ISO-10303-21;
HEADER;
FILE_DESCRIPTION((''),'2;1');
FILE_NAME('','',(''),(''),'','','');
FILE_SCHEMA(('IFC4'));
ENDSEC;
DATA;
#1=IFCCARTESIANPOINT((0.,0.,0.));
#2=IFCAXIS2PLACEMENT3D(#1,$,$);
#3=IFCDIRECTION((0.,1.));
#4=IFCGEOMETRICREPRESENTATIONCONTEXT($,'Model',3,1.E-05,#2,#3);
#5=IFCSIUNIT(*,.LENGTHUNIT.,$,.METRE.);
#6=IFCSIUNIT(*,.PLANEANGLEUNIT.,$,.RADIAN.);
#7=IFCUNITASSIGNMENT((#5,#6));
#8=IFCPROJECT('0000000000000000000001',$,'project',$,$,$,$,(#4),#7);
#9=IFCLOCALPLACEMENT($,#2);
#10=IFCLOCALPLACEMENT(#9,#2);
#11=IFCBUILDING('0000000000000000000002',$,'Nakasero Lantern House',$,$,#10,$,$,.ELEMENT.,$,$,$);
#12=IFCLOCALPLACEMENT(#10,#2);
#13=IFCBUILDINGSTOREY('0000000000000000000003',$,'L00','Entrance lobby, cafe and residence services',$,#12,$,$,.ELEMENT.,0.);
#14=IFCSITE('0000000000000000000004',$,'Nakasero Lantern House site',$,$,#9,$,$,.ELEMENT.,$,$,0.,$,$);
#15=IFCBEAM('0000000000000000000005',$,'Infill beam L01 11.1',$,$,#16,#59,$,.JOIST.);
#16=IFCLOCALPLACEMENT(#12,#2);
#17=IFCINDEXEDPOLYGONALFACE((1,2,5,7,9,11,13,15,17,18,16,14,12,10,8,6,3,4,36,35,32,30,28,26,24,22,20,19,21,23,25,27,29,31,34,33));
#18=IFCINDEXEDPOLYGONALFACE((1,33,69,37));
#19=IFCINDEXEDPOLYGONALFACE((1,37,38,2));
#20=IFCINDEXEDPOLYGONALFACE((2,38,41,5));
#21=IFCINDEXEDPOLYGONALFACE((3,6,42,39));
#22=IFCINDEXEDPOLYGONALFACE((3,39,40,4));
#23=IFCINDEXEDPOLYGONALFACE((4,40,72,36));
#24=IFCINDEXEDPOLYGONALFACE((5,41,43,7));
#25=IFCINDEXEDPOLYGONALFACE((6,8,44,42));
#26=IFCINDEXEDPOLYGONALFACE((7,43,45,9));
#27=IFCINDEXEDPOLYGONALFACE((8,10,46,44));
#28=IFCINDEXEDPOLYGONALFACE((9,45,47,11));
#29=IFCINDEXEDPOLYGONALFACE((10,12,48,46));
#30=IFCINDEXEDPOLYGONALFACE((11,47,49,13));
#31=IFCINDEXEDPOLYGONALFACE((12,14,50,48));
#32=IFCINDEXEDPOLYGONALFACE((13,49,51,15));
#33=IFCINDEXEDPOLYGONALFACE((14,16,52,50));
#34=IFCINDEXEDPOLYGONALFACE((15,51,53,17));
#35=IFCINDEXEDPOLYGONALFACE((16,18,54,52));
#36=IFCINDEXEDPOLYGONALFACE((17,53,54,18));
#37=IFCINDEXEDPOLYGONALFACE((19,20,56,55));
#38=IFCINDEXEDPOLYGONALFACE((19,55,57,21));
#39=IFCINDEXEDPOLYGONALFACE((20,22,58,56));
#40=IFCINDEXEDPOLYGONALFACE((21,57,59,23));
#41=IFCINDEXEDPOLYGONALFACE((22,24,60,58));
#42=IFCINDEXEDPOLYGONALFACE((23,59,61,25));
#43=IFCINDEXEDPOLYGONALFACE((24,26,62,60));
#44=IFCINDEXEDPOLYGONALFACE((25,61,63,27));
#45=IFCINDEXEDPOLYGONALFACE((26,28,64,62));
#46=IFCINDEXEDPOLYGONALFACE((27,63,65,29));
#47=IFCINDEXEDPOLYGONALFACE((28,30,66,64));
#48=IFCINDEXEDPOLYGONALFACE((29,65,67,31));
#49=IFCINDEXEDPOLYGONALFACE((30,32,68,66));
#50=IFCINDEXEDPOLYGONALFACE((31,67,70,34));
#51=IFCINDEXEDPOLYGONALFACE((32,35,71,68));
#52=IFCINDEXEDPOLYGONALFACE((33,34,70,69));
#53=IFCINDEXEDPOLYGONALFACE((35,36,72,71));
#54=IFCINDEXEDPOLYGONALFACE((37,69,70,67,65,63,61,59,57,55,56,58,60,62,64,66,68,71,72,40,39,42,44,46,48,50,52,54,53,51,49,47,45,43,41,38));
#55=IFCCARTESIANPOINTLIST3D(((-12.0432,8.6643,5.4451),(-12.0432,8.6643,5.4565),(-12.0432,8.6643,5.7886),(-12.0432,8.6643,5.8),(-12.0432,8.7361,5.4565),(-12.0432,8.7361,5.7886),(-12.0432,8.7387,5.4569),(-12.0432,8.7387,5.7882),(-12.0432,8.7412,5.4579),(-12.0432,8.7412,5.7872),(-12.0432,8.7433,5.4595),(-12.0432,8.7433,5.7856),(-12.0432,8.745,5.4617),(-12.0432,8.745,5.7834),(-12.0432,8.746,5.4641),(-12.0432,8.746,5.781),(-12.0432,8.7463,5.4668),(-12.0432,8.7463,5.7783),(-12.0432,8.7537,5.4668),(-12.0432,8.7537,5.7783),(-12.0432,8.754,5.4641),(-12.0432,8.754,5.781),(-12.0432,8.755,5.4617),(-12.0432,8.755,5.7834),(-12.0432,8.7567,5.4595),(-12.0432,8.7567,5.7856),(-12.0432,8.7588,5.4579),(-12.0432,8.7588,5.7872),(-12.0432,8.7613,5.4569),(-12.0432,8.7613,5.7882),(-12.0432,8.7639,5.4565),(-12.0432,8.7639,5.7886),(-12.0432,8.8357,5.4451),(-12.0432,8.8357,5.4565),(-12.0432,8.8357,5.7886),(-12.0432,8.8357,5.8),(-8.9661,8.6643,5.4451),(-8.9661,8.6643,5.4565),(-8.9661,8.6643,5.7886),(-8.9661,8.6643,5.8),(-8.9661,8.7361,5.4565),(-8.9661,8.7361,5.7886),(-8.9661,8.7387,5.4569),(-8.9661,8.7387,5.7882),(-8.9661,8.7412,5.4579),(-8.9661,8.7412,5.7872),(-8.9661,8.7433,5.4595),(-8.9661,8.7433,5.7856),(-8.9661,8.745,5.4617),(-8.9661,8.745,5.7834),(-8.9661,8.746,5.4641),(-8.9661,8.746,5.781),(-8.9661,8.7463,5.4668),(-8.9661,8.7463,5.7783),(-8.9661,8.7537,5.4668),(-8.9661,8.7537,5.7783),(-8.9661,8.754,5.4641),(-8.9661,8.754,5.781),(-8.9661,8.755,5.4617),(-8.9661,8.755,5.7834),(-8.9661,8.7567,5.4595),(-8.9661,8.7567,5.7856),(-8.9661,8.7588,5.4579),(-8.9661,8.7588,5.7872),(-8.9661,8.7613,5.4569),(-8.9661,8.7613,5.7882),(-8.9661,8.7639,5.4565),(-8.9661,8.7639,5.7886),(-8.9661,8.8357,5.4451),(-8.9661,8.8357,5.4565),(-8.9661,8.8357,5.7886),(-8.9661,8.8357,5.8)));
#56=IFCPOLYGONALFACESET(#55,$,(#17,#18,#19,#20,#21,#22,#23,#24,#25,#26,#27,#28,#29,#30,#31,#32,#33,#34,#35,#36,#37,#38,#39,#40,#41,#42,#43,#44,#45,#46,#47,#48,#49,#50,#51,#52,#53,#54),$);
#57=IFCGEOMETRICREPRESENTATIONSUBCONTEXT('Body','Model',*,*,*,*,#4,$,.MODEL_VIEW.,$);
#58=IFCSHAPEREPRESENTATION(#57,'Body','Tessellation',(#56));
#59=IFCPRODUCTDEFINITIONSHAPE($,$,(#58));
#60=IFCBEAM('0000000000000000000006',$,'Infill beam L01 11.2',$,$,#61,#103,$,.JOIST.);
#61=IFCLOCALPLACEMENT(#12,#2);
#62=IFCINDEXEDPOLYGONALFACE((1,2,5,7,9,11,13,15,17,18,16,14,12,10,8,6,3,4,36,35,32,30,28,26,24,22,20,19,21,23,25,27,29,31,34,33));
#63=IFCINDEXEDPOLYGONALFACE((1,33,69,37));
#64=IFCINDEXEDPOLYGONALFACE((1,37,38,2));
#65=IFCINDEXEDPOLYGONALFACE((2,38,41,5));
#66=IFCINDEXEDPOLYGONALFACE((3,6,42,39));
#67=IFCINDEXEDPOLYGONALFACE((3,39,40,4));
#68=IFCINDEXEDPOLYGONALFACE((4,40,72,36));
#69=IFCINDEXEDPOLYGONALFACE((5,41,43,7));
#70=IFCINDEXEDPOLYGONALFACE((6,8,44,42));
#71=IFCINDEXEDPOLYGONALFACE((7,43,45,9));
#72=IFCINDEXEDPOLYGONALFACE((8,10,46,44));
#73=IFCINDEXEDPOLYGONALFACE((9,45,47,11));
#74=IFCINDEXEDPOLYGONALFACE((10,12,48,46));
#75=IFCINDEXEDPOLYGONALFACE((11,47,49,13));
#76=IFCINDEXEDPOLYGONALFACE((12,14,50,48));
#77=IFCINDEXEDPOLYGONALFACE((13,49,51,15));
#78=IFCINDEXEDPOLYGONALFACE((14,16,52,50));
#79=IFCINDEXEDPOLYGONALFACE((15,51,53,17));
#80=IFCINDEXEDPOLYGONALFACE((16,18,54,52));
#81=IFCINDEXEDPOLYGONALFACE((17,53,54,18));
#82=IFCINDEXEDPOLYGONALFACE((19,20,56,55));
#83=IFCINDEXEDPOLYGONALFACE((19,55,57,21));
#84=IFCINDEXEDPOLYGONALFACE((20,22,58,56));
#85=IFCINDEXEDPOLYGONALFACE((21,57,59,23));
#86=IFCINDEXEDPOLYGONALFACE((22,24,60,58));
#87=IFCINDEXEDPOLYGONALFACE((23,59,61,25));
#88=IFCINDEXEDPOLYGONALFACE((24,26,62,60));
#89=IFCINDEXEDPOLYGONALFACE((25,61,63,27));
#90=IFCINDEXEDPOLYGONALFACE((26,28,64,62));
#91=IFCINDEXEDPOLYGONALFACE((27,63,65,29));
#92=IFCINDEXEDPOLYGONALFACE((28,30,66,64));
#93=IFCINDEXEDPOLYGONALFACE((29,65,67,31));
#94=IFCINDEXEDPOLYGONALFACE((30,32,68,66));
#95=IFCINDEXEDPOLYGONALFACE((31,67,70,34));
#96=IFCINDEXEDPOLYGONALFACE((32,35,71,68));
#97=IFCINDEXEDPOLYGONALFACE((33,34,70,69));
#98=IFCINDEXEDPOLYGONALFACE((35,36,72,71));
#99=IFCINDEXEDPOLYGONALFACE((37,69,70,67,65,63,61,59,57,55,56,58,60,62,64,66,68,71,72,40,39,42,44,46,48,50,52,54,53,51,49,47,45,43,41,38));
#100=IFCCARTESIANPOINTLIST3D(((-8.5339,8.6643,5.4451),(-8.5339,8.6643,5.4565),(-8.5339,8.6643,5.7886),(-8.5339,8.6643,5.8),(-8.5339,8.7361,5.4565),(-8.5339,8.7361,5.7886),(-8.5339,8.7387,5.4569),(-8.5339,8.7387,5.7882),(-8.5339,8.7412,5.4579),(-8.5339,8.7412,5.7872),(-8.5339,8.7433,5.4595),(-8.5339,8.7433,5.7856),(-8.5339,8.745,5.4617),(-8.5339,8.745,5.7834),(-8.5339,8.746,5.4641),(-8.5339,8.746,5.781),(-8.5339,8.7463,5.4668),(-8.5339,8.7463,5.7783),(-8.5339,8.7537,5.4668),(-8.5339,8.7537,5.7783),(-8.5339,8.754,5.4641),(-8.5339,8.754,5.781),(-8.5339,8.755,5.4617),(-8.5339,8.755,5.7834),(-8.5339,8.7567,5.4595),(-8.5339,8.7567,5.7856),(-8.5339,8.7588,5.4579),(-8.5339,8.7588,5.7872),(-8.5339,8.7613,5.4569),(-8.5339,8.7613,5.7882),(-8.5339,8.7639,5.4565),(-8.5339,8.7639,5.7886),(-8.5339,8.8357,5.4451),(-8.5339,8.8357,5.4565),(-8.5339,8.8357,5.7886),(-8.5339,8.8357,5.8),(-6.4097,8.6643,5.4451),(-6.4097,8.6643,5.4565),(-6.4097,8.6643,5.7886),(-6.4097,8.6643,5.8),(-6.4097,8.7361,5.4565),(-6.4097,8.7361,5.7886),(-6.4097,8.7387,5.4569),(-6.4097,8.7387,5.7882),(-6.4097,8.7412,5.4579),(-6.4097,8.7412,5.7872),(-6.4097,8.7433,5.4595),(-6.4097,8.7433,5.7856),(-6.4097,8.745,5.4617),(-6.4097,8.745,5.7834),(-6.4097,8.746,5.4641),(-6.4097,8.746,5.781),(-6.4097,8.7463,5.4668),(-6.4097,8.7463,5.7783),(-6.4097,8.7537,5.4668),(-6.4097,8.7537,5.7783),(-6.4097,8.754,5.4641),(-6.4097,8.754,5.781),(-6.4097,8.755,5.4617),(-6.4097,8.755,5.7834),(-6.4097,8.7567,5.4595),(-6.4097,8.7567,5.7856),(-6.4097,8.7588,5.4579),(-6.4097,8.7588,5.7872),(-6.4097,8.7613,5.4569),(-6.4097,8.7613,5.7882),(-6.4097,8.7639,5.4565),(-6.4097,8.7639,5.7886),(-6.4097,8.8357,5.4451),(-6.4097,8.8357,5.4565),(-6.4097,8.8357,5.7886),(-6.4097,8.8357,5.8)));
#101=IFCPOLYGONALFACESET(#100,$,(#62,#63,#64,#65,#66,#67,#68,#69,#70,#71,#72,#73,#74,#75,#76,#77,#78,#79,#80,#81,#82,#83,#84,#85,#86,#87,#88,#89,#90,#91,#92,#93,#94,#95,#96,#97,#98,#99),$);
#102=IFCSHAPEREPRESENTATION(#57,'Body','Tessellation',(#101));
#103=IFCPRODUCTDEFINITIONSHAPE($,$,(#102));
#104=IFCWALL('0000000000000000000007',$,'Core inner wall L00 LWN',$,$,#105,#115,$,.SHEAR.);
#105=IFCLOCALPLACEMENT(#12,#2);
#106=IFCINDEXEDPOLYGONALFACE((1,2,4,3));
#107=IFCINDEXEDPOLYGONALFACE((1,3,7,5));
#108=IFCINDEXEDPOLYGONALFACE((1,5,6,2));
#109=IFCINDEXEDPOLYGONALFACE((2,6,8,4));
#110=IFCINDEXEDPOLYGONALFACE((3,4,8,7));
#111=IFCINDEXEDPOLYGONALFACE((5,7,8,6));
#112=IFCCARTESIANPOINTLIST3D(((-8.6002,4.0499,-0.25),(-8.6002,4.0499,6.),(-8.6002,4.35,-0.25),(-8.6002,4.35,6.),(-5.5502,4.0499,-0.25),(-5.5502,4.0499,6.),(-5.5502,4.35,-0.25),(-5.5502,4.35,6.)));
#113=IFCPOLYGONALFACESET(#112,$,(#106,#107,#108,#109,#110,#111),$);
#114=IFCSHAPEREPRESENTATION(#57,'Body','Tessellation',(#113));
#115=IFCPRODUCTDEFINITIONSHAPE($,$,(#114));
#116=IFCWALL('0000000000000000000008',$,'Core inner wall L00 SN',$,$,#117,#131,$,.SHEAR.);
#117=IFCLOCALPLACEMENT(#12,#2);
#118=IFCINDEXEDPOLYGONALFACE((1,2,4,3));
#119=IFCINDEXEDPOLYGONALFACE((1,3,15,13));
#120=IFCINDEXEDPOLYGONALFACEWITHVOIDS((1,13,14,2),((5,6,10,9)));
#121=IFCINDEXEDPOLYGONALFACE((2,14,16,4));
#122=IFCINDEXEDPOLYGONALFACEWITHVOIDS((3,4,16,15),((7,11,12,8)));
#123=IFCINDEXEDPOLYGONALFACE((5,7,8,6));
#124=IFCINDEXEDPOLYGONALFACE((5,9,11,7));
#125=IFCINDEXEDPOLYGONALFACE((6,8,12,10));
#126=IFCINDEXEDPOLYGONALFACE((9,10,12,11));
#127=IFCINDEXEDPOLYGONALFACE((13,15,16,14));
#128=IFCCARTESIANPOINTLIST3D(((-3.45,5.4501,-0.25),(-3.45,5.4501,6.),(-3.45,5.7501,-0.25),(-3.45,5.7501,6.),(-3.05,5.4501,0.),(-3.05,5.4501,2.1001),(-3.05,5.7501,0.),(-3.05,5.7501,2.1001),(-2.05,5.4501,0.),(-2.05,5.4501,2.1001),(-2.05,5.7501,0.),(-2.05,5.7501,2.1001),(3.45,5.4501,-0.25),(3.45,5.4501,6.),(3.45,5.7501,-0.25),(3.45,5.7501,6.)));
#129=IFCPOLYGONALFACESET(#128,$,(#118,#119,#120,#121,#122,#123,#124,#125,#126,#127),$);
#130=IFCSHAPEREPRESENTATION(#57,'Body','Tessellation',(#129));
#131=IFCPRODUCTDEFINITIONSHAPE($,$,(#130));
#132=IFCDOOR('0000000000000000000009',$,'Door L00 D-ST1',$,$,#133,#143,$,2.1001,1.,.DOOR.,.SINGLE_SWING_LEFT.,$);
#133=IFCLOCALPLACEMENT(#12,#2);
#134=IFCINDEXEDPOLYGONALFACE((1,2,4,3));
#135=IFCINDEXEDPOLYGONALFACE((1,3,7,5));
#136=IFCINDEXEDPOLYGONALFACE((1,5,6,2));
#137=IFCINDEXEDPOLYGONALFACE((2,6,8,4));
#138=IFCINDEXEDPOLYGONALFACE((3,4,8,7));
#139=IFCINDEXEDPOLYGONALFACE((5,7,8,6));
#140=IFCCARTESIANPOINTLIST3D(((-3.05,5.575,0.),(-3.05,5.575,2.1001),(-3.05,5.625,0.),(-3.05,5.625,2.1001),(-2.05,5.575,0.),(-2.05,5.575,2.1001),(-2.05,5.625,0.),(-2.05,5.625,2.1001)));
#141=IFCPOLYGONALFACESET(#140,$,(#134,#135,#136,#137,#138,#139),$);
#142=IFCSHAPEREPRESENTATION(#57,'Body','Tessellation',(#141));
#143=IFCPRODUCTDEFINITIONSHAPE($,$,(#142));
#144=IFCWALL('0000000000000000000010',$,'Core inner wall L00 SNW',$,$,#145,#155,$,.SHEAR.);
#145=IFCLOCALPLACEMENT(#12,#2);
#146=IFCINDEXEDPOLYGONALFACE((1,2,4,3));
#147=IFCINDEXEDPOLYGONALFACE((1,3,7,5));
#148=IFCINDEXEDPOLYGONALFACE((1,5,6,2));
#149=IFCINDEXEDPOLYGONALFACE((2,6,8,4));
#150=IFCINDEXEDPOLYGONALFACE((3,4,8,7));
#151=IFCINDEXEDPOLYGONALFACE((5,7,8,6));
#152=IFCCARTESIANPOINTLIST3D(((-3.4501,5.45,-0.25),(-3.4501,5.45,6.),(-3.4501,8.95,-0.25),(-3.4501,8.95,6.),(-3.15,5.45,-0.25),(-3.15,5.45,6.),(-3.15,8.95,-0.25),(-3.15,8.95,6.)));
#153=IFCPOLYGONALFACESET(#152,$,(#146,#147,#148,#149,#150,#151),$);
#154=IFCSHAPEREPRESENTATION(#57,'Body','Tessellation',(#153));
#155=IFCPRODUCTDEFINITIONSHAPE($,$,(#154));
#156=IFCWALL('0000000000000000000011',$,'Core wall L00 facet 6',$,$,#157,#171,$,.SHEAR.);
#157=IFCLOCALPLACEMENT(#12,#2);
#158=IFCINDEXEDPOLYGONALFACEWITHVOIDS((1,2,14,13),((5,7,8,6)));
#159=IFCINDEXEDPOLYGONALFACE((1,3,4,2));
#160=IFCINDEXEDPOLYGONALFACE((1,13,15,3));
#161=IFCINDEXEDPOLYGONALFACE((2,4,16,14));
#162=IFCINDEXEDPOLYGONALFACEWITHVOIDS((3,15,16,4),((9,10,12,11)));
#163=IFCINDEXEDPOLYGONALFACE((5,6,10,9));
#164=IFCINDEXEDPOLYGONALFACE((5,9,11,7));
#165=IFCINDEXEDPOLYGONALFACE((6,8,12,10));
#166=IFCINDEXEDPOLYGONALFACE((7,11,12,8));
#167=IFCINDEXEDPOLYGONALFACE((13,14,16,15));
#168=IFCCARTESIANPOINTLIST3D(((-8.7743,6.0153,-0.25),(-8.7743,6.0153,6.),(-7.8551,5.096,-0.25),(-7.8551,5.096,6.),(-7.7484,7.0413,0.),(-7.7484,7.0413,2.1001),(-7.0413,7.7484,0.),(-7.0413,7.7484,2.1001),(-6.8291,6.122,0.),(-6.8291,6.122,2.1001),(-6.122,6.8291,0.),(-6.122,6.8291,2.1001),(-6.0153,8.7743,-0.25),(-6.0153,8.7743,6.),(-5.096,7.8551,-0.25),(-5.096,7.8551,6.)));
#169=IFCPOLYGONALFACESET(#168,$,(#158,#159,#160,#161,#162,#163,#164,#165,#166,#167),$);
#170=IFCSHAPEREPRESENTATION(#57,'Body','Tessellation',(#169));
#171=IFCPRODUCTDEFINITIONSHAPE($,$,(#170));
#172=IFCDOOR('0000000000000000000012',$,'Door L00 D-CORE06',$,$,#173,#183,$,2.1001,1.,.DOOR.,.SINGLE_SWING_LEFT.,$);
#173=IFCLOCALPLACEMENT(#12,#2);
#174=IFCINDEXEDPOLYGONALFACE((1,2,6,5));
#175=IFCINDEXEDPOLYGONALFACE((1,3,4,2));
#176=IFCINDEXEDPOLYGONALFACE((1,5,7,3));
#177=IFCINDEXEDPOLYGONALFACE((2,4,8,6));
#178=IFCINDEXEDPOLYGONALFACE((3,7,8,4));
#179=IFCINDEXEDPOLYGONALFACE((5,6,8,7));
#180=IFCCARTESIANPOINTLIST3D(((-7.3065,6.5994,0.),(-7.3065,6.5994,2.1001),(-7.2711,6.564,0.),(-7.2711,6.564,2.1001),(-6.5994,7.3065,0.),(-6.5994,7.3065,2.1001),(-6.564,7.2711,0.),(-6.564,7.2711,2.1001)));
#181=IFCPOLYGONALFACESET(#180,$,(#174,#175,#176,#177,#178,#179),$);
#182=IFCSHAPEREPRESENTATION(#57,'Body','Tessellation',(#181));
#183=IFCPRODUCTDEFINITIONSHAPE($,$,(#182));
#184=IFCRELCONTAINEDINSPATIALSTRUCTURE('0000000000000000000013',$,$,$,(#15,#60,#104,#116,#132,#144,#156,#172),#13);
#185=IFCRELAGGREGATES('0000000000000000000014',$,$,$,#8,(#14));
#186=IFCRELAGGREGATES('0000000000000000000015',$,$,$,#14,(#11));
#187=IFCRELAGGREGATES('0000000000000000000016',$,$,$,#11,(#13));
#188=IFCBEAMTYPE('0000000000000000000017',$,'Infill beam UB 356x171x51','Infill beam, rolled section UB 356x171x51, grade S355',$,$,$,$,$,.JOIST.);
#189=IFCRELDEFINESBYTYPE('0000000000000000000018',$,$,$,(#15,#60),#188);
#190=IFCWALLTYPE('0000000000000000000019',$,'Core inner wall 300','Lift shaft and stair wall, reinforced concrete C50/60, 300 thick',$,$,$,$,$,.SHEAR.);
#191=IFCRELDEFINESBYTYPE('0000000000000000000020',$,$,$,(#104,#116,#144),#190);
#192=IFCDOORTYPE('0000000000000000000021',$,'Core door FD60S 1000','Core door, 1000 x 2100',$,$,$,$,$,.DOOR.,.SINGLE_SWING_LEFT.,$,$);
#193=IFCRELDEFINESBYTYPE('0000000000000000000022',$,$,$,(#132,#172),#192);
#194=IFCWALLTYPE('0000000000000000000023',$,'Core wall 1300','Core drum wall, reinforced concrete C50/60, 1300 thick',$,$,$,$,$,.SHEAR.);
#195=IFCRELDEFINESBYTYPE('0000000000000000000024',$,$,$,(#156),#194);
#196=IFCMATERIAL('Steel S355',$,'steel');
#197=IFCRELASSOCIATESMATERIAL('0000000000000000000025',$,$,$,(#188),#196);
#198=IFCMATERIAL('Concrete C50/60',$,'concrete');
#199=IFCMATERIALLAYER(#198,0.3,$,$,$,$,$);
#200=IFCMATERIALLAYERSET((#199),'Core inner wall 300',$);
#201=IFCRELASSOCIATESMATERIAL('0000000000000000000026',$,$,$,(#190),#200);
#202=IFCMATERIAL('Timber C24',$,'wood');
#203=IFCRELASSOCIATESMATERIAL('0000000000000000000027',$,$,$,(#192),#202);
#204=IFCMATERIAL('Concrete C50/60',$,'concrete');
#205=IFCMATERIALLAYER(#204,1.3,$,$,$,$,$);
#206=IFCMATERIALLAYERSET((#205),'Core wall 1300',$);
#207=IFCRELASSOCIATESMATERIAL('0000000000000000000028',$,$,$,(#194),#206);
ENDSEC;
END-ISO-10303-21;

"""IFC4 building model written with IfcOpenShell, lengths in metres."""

from ifc_helpers import new_model, si_unit, direction, frame, frame_2d, origin, origin_2d, place, context, subcontext, project, spatial, rectangle, i_section, extrude, material, layer, layer_set, material_profile, profile_set, type_object, element, fill, save


model = new_model("IFC4")

# Units and contexts
model_context = context("Model", 3, precision=1e-05, world=origin(), true_north=direction((0.0, 1.0)))
body_context = subcontext(model_context, "Body", "Model", "MODEL_VIEW")
ifc_project = project(units=[si_unit("LENGTHUNIT", "METRE"), si_unit("PLANEANGLEUNIT", "RADIAN")], contexts=[model_context])

# Site, building, storey
site_placement = place(None, origin())
site = spatial("IfcSite", under=ifc_project, at=site_placement, Name="Nakasero Lantern House site", CompositionType="ELEMENT", RefElevation=0.0)
building_placement = place(site_placement, origin())
building = spatial("IfcBuilding", under=site, at=building_placement, Name="Nakasero Lantern House", CompositionType="ELEMENT")
storey_placement = place(building_placement, origin())
storey = spatial("IfcBuildingStorey", under=building, at=storey_placement, Name="L00", Description="Entrance lobby, cafe and residence services", CompositionType="ELEMENT", Elevation=0.0)

# Beams
ifc_material_1 = material(Name="Steel S355", Category="steel")
ifc_material_profile = material_profile(ifc_material_1, i_section(OverallWidth=0.1714, OverallDepth=0.355, WebThickness=0.0073, FlangeThickness=0.0115, FilletRadius=0.0103, at=origin_2d()), Name="UB 356x171x51")
ifc_profile_set = profile_set([ifc_material_profile], Name="Steel S355")
beam_type = type_object("IfcBeamType", Name="Infill beam UB 356x171x51", Description="Infill beam, rolled section UB 356x171x51, grade S355", PredefinedType="JOIST", material=ifc_profile_set)
beam_1_placement = place(storey_placement, frame((-12.0432, 8.75, 5.6226), z_axis=(1.0, 0.0, 0.0), x_axis=(0.0, 1.0, 0.0)))
element("IfcBeam", 1, at=beam_1_placement, inside=storey, type_object=beam_type, Name="Infill beam L01 11.1", PredefinedType="JOIST", context=body_context, shape_type="SweptSolid", body=[
    extrude(i_section(OverallWidth=0.1714, OverallDepth=0.355, WebThickness=0.0073, FlangeThickness=0.0115, FilletRadius=0.0103, at=origin_2d()), origin(), (0.0, 0.0, 1.0), 3.0771),
])
beam_2_placement = place(storey_placement, frame((-8.5339, 8.75, 5.6226), z_axis=(1.0, 0.0, 0.0), x_axis=(0.0, 1.0, 0.0)))
element("IfcBeam", 2, at=beam_2_placement, inside=storey, type_object=beam_type, Name="Infill beam L01 11.2", PredefinedType="JOIST", context=body_context, shape_type="SweptSolid", body=[
    extrude(i_section(OverallWidth=0.1714, OverallDepth=0.355, WebThickness=0.0073, FlangeThickness=0.0115, FilletRadius=0.0103, at=origin_2d()), origin(), (0.0, 0.0, 1.0), 2.1243),
])

# Wall
ifc_material_2 = material(Name="Concrete C50/60", Category="concrete")
ifc_layer_1 = layer(ifc_material_2, 0.3)
ifc_layer_set_1 = layer_set([ifc_layer_1], Name="Core inner wall 300")
wall_type_1 = type_object("IfcWallType", Name="Core inner wall 300", Description="Lift shaft and stair wall, reinforced concrete C50/60, 300 thick", PredefinedType="SHEAR", material=ifc_layer_set_1)
wall_1_placement = place(storey_placement, frame((-8.6001, 4.2, -0.25), z_axis=(0.0, 0.0, 1.0), x_axis=(1.0, 0.0, 0.0)))
element("IfcWall", 3, at=wall_1_placement, inside=storey, type_object=wall_type_1, Name="Core inner wall L00 LWN", PredefinedType="SHEAR", context=body_context, shape_type="SweptSolid", body=[
    extrude(rectangle(XDim=3.05, YDim=0.3, at=frame_2d((1.5249, 0.0))), origin(), (0.0, 0.0, 1.0), 6.25),
])

# Wall, opening, door
wall_2_placement = place(storey_placement, frame((-3.45, 5.6001, -0.25), z_axis=(0.0, 0.0, 1.0), x_axis=(1.0, 0.0, 0.0)))
wall_2 = element("IfcWall", 4, at=wall_2_placement, inside=storey, type_object=wall_type_1, Name="Core inner wall L00 SN", PredefinedType="SHEAR", context=body_context, shape_type="SweptSolid", body=[
    extrude(rectangle(XDim=6.8999, YDim=0.3, at=frame_2d((3.45, 0.0))), origin(), (0.0, 0.0, 1.0), 6.25),
])
opening_1_placement = place(wall_2_placement, frame((0.3999, 0.0, 0.25)))
opening_1 = element("IfcOpeningElement", 5, at=opening_1_placement, cuts=wall_2, PredefinedType="OPENING", context=body_context, shape_type="SweptSolid", body=[
    extrude(rectangle(XDim=1.0, YDim=2.1001, at=frame_2d((0.5, 1.05))), frame((0.0, 0.1699, 0.0), z_axis=(0.0, -1.0, 0.0), x_axis=(1.0, 0.0, 0.0)), (0.0, 0.0, 1.0), 0.3401),
])
ifc_material_3 = material(Name="Timber C24", Category="wood")
door_type = type_object("IfcDoorType", Name="Core door FD60S 1000", Description="Core door, 1000 x 2100", OperationType="SINGLE_SWING_LEFT", PredefinedType="DOOR", material=ifc_material_3)
door_1_placement = place(opening_1_placement, origin())
door_1 = element("IfcDoor", 6, at=door_1_placement, inside=storey, type_object=door_type, Name="Door L00 D-ST1", OperationType="SINGLE_SWING_LEFT", OverallHeight=2.1001, OverallWidth=1.0, PredefinedType="DOOR", context=body_context, shape_type="SweptSolid", body=[
    extrude(rectangle(XDim=1.0, YDim=2.1001, at=frame_2d((0.5, 1.05))), frame((0.0, 0.0249, 0.0), z_axis=(0.0, -1.0, 0.0), x_axis=(1.0, 0.0, 0.0)), (0.0, 0.0, 1.0), 0.05),
])
fill(opening_1, door_1)

# Wall
wall_3_placement = place(storey_placement, frame((-3.3, 5.45, -0.25), z_axis=(0.0, 0.0, 1.0), x_axis=(0.0, 1.0, 0.0)))
element("IfcWall", 7, at=wall_3_placement, inside=storey, type_object=wall_type_1, Name="Core inner wall L00 SNW", PredefinedType="SHEAR", context=body_context, shape_type="SweptSolid", body=[
    extrude(rectangle(XDim=3.5, YDim=0.3, at=frame_2d((1.75, 0.0))), origin(), (0.0, 0.0, 1.0), 6.25),
])

# Wall, opening, door
ifc_material_4 = material(Name="Concrete C50/60", Category="concrete")
ifc_layer_2 = layer(ifc_material_4, 1.3)
ifc_layer_set_2 = layer_set([ifc_layer_2], Name="Core wall 1300")
wall_type_2 = type_object("IfcWallType", Name="Core wall 1300", Description="Core drum wall, reinforced concrete C50/60, 1300 thick", PredefinedType="SHEAR", material=ifc_layer_set_2)
wall_4_placement = place(storey_placement, frame((-5.5557, 8.3147, -0.25), z_axis=(0.0, 0.0, 1.0), x_axis=(-0.707107, -0.707107, 0.0)))
wall_4 = element("IfcWall", 8, at=wall_4_placement, inside=storey, type_object=wall_type_2, Name="Core wall L00 facet 6", PredefinedType="SHEAR", context=body_context, shape_type="SweptSolid", body=[
    extrude(rectangle(XDim=3.9019, YDim=1.3, at=frame_2d((1.9509, 0.0))), origin(), (0.0, 0.0, 1.0), 6.25),
])
opening_2_placement = place(wall_4_placement, frame((1.4509, 0.0, 0.25)))
opening_2 = element("IfcOpeningElement", 9, at=opening_2_placement, cuts=wall_4, PredefinedType="OPENING", context=body_context, shape_type="SweptSolid", body=[
    extrude(rectangle(XDim=1.0, YDim=2.1001, at=frame_2d((0.5, 1.05))), frame((0.0, 0.6699, 0.0), z_axis=(0.0, -1.0, 0.0), x_axis=(1.0, 0.0, 0.0)), (0.0, 0.0, 1.0), 1.3401),
])
door_2_placement = place(opening_2_placement, origin())
door_2 = element("IfcDoor", 10, at=door_2_placement, inside=storey, type_object=door_type, Name="Door L00 D-CORE06", OperationType="SINGLE_SWING_LEFT", OverallHeight=2.1001, OverallWidth=1.0, PredefinedType="DOOR", context=body_context, shape_type="SweptSolid", body=[
    extrude(rectangle(XDim=1.0, YDim=2.1001, at=frame_2d((0.5, 1.05))), frame((0.0, 0.0249, 0.0), z_axis=(0.0, -1.0, 0.0), x_axis=(1.0, 0.0, 0.0)), (0.0, 0.0, 1.0), 0.05),
])
fill(opening_2, door_2)

save(model, "model.ifc")
